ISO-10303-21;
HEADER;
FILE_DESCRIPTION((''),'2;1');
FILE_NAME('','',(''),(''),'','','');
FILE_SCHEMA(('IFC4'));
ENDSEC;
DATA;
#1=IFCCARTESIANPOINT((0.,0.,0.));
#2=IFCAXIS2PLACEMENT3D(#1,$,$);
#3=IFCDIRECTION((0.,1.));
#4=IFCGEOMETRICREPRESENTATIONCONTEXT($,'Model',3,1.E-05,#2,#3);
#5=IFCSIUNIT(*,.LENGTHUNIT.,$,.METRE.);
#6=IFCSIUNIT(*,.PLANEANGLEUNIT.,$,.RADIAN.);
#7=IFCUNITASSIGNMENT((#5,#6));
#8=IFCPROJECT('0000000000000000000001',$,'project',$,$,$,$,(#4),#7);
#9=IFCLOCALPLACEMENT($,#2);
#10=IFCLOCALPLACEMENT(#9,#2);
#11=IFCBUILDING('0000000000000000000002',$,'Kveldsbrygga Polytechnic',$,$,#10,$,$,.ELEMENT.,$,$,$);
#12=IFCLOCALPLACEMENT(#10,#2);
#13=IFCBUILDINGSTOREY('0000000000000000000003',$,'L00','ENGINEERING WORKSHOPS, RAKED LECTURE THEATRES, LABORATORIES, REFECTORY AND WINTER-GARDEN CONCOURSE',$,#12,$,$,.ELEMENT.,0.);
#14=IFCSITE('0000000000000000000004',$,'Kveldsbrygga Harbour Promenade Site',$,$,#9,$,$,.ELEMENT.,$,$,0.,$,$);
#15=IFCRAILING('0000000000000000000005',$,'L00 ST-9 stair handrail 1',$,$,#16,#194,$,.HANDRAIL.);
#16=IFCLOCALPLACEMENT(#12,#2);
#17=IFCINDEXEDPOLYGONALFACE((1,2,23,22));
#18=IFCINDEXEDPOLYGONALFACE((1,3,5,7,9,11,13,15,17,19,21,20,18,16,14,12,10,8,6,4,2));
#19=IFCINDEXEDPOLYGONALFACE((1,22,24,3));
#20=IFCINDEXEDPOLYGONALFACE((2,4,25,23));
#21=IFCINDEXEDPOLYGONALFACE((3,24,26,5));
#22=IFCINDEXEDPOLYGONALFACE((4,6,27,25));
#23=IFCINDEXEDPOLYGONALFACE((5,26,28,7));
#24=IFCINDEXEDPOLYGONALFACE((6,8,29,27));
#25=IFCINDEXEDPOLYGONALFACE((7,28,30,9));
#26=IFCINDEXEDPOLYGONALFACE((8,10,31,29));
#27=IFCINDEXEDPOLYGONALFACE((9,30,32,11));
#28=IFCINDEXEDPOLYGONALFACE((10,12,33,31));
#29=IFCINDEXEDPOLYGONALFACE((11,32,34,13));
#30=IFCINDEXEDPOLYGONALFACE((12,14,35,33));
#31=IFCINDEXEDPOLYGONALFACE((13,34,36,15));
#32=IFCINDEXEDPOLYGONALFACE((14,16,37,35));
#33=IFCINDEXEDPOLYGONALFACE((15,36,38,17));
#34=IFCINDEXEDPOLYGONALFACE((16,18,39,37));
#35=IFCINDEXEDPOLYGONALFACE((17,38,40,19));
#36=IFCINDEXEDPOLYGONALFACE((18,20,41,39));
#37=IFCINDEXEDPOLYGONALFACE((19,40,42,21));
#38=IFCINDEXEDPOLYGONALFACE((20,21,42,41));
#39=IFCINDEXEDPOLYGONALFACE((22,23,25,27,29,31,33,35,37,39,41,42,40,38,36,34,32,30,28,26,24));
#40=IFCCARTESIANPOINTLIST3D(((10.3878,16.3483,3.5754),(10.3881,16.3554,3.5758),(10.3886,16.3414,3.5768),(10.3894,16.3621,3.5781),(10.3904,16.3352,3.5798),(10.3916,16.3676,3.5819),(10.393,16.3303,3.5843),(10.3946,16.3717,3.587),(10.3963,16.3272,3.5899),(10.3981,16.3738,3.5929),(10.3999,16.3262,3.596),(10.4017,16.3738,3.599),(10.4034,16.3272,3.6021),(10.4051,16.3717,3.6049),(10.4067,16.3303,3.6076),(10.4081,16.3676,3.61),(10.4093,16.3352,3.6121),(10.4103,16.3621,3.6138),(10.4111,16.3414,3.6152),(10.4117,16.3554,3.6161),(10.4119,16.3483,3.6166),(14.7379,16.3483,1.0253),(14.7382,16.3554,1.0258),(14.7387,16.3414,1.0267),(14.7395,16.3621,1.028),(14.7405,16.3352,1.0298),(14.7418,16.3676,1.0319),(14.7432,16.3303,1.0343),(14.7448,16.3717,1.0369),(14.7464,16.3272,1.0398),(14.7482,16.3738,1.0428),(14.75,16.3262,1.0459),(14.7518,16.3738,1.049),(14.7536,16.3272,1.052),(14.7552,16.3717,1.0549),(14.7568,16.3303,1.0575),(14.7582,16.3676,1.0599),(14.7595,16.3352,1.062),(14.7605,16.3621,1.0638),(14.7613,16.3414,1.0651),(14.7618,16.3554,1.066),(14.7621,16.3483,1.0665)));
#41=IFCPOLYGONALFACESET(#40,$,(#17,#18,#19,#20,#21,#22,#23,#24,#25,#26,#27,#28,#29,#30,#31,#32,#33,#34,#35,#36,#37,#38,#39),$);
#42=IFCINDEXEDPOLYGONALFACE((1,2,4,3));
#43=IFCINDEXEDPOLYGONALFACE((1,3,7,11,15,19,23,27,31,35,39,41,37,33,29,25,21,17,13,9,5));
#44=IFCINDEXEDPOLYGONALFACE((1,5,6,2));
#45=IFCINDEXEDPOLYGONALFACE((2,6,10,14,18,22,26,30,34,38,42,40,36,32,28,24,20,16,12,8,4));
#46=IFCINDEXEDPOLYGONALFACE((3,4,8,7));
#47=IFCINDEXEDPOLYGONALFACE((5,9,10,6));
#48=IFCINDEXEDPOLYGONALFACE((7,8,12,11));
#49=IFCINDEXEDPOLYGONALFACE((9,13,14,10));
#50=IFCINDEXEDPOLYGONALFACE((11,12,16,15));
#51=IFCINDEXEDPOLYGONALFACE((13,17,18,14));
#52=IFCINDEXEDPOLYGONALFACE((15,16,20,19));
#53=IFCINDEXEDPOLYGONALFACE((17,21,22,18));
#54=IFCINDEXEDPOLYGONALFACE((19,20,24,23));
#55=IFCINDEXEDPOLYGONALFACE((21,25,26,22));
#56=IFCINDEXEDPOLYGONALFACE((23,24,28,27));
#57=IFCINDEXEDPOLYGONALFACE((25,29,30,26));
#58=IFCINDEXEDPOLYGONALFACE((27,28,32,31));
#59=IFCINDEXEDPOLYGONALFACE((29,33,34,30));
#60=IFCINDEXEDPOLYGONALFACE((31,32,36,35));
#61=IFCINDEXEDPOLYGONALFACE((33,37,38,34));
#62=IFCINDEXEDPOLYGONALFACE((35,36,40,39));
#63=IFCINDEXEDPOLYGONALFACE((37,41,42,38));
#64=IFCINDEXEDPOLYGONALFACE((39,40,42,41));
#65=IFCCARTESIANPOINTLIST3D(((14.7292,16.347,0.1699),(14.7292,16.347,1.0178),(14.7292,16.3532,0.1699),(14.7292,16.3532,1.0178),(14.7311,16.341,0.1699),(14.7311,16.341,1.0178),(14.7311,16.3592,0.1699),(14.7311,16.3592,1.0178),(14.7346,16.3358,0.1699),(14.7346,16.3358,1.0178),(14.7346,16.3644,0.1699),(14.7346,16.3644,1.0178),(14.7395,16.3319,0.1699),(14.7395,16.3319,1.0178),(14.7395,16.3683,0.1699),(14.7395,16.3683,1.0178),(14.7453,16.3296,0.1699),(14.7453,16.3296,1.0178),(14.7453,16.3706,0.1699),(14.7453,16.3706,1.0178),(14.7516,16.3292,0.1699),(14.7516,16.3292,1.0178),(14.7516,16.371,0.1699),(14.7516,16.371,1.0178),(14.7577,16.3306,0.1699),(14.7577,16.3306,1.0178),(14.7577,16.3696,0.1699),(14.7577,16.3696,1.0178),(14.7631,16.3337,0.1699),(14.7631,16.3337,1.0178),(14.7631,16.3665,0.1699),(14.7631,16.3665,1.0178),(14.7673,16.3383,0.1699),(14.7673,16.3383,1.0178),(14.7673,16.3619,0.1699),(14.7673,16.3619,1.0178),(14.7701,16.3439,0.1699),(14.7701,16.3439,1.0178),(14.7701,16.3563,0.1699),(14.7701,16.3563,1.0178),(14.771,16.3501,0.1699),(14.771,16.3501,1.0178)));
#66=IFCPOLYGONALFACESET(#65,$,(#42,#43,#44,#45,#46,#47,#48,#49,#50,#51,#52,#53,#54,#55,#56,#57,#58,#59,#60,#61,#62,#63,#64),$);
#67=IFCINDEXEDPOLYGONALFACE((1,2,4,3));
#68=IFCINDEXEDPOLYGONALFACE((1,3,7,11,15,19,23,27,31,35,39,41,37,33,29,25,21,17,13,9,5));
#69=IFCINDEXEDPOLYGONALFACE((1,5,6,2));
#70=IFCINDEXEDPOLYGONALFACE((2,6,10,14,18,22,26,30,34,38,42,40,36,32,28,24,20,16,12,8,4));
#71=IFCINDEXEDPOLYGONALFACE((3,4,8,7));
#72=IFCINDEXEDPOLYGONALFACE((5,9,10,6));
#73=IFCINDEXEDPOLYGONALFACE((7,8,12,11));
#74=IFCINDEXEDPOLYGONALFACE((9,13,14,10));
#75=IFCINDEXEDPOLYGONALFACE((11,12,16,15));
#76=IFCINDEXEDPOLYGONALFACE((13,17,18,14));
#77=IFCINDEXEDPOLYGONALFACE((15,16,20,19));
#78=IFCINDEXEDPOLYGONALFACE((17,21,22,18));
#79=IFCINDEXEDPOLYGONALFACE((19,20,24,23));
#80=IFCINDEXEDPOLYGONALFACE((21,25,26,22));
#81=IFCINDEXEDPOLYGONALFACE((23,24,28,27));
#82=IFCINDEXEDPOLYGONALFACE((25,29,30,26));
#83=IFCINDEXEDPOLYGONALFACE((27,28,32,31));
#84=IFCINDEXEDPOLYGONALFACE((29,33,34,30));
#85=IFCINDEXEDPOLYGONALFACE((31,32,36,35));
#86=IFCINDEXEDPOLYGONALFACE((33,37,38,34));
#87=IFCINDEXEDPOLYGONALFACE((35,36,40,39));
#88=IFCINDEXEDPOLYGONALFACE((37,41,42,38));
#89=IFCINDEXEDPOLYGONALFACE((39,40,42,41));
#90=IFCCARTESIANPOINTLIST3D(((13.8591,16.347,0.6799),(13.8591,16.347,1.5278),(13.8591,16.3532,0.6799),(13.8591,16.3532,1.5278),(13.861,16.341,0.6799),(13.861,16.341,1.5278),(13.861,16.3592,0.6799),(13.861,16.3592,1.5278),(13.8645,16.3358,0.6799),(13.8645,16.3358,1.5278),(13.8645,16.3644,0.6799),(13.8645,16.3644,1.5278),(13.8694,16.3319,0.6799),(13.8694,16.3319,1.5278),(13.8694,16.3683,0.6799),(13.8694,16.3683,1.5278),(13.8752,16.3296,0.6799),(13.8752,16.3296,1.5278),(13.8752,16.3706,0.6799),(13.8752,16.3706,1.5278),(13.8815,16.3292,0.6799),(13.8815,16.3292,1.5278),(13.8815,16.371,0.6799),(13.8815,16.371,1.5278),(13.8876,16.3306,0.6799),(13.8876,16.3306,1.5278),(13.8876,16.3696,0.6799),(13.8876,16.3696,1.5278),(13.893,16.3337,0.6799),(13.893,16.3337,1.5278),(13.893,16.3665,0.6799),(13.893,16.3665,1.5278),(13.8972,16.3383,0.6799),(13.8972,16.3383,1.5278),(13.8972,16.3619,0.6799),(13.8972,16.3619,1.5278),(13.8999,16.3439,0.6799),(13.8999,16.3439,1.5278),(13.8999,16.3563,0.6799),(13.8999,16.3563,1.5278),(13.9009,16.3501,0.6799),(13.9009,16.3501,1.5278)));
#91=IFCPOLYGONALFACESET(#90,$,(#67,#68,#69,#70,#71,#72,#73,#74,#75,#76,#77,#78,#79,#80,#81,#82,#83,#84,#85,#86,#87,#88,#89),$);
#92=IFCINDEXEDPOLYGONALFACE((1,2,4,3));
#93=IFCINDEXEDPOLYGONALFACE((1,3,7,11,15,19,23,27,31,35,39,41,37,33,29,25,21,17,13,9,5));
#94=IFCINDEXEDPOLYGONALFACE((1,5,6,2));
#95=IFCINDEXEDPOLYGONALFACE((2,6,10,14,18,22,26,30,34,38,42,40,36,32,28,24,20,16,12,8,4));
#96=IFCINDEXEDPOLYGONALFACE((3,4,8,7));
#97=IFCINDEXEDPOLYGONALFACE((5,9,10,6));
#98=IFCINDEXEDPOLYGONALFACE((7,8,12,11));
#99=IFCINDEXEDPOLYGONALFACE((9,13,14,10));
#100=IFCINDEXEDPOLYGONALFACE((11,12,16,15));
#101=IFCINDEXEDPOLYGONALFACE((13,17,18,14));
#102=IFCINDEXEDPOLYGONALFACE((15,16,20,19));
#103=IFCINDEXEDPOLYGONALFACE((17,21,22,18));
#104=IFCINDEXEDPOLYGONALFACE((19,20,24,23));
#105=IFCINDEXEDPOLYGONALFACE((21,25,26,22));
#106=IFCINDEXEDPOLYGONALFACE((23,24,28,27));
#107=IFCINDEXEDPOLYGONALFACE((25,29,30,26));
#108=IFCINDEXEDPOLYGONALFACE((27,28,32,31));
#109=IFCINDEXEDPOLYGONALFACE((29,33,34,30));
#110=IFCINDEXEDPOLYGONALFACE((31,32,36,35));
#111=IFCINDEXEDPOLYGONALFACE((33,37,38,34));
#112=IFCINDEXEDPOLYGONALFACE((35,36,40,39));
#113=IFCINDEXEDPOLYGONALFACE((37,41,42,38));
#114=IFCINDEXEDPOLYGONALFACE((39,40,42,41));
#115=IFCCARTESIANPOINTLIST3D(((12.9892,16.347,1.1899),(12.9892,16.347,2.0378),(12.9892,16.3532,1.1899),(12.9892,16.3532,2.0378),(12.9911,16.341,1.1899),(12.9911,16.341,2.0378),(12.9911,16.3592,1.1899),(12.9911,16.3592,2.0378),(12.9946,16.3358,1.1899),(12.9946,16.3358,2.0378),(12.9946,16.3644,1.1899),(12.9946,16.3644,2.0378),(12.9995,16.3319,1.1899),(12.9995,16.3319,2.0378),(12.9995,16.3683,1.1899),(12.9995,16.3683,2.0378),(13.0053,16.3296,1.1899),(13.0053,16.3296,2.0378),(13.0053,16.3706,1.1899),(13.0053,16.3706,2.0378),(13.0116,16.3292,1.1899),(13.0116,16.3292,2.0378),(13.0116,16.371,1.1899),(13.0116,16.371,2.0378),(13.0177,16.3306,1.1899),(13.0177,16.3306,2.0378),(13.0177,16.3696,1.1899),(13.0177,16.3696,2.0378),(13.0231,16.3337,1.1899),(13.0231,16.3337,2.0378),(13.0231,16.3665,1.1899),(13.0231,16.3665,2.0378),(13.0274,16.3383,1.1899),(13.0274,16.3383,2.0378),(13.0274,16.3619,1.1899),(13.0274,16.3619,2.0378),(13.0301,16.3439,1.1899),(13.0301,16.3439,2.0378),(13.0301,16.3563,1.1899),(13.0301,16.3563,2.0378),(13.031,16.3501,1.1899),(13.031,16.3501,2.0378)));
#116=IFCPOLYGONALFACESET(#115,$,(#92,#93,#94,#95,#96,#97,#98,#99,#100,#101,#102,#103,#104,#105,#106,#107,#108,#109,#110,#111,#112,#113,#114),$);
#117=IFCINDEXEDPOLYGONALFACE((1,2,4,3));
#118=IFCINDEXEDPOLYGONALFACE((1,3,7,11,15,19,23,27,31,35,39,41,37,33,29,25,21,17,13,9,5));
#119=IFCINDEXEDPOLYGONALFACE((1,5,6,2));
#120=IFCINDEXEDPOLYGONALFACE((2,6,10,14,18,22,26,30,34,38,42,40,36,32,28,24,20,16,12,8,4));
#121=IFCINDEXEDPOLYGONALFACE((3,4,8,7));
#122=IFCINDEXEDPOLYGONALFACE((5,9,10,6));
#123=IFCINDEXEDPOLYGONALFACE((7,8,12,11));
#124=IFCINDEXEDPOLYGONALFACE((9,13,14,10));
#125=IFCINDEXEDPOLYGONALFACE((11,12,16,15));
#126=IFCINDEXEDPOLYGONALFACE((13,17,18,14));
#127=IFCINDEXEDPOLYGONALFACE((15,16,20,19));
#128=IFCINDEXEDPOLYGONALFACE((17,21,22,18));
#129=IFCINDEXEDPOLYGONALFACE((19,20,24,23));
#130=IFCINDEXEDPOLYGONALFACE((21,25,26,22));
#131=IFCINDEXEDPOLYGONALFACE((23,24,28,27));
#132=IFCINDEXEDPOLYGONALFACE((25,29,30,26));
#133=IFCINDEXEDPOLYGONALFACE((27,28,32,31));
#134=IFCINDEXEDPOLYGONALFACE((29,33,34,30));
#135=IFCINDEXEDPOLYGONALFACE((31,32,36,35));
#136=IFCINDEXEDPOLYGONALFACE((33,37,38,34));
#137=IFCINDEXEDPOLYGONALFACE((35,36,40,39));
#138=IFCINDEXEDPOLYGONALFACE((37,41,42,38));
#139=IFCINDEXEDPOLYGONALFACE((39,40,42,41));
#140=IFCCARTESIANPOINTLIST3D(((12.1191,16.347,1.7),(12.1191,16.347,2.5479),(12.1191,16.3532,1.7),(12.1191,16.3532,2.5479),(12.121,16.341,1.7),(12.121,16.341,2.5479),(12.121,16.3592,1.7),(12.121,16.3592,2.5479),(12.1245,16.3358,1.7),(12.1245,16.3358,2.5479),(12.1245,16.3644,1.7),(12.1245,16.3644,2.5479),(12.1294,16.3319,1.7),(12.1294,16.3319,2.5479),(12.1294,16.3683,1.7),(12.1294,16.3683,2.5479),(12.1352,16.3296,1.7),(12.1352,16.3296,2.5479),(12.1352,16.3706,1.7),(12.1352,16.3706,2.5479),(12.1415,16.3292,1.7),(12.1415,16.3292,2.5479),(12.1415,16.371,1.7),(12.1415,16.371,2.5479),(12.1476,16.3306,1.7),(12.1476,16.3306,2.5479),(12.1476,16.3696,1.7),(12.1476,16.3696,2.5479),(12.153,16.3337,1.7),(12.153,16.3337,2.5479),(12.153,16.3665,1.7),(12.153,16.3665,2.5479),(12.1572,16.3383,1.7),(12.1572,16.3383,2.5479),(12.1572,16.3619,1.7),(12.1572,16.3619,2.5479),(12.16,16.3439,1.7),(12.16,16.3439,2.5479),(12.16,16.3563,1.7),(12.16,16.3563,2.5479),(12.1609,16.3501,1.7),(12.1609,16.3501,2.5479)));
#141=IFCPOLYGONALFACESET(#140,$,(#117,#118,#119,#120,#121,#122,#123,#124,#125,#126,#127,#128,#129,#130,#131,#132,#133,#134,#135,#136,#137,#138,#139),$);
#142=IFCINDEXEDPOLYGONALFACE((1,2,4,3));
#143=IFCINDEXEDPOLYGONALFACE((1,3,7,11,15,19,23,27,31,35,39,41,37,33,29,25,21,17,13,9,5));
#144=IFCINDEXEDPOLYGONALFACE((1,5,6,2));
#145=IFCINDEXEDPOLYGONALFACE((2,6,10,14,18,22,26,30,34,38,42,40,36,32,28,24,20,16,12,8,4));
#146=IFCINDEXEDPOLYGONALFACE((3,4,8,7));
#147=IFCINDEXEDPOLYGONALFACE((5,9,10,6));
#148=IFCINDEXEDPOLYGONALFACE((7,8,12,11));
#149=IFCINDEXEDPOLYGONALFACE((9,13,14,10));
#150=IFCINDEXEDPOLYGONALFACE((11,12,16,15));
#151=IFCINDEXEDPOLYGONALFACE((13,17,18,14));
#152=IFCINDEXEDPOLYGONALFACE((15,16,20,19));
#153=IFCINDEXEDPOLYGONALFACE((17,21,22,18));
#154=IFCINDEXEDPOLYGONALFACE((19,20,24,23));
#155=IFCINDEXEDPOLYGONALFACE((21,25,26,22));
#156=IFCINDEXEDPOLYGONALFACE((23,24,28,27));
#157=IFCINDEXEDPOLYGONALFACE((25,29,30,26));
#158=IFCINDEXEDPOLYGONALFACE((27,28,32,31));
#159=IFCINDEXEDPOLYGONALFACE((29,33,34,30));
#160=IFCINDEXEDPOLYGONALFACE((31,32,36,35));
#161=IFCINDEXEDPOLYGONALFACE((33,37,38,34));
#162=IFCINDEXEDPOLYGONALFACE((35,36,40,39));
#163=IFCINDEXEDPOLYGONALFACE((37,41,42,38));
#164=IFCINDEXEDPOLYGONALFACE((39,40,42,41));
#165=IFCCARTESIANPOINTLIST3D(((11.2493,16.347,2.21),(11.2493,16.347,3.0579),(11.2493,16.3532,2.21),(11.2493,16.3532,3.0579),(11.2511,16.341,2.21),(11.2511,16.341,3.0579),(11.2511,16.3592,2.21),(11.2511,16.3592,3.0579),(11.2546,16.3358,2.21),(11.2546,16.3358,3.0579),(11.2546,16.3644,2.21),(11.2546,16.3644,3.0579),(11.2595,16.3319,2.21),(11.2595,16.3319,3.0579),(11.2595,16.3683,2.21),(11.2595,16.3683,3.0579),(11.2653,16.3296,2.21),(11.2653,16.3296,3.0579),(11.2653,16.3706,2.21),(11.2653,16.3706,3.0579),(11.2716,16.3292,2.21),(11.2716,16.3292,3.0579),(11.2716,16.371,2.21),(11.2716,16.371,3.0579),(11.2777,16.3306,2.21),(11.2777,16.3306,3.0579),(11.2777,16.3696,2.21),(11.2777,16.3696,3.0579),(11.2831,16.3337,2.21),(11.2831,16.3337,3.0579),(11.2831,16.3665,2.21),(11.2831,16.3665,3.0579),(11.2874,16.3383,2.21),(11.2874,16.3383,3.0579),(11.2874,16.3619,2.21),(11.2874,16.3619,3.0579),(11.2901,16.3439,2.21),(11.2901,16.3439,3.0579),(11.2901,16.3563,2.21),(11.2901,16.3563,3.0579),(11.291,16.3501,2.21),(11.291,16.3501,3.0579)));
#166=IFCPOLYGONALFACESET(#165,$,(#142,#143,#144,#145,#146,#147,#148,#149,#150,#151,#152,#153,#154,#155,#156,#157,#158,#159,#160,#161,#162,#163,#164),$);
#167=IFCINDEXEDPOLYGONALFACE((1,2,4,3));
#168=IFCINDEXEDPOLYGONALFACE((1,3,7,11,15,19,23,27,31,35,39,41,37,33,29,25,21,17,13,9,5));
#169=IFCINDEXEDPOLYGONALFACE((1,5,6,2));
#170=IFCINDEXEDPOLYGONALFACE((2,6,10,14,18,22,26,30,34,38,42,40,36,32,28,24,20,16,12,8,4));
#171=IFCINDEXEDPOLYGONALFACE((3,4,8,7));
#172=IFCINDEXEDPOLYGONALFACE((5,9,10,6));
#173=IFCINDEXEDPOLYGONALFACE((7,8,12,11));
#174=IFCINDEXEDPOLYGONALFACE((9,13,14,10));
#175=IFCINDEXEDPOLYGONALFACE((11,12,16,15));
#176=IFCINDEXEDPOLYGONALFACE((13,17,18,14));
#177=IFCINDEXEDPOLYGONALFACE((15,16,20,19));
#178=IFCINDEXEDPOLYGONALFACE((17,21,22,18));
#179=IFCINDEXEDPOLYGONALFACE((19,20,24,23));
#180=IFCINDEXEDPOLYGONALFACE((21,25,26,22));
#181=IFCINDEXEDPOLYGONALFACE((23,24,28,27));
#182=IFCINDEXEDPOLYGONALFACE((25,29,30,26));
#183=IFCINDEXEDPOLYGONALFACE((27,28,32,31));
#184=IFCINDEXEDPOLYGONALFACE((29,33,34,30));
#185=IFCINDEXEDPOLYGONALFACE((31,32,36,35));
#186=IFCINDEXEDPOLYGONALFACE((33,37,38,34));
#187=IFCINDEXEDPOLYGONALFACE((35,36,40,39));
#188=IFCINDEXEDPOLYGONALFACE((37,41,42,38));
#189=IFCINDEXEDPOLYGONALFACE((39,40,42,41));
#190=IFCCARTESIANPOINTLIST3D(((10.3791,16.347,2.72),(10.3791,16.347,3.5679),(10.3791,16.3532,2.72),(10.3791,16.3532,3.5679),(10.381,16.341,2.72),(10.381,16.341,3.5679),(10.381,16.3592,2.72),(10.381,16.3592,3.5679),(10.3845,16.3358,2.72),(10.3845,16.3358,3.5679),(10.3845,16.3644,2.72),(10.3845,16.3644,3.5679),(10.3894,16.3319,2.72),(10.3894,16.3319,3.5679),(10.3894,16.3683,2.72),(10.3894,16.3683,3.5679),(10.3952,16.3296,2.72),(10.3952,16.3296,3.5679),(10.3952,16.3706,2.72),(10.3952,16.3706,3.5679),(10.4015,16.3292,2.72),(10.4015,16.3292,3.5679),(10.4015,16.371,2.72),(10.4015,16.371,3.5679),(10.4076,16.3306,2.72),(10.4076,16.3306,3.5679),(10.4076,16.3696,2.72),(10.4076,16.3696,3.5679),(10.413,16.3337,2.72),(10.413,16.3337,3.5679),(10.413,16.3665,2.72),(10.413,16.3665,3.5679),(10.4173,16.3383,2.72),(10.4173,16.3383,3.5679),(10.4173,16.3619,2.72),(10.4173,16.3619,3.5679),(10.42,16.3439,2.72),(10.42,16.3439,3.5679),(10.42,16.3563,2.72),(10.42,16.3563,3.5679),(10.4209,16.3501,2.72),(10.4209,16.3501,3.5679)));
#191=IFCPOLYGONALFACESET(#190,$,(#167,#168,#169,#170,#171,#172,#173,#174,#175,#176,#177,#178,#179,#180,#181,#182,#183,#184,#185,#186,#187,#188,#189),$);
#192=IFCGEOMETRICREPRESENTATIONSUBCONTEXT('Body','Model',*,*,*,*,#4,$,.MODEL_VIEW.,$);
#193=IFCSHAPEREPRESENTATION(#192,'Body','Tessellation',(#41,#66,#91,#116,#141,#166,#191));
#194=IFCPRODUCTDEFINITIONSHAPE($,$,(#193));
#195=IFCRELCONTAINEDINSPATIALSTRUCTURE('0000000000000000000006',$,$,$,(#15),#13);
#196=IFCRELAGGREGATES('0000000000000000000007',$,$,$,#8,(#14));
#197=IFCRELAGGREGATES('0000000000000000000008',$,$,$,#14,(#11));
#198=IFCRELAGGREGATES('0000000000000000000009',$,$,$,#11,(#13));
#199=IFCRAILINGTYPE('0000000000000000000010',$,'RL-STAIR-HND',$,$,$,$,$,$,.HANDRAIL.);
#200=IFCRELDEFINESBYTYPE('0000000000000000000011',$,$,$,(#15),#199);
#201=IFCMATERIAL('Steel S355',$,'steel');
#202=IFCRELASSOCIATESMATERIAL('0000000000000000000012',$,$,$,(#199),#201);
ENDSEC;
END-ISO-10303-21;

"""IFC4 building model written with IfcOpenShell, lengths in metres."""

from ifc_helpers import new_model, si_unit, direction, frame, origin, origin_2d, place, context, subcontext, project, spatial, circle, extrude, material, type_object, element, save


model = new_model("IFC4")

# Units and contexts
model_context = context("Model", 3, precision=1e-05, world=origin(), true_north=direction((0.0, 1.0)))
body_context = subcontext(model_context, "Body", "Model", "MODEL_VIEW")
ifc_project = project(units=[si_unit("LENGTHUNIT", "METRE"), si_unit("PLANEANGLEUNIT", "RADIAN")], contexts=[model_context])

# Site, building, storey
site_placement = place(None, origin())
site = spatial("IfcSite", under=ifc_project, at=site_placement, Name="Kveldsbrygga Harbour Promenade Site", CompositionType="ELEMENT", RefElevation=0.0)
building_placement = place(site_placement, origin())
building = spatial("IfcBuilding", under=site, at=building_placement, Name="Kveldsbrygga Polytechnic", CompositionType="ELEMENT")
storey_placement = place(building_placement, origin())
storey = spatial("IfcBuildingStorey", under=building, at=storey_placement, Name="L00", Description="ENGINEERING WORKSHOPS, RAKED LECTURE THEATRES, LABORATORIES, REFECTORY AND WINTER-GARDEN CONCOURSE", CompositionType="ELEMENT", Elevation=0.0)

# Railing
ifc_material_1 = material(Name="Steel S355", Category="steel")
railing_type_1 = type_object("IfcRailingType", Name="RL-STAIR-HND", PredefinedType="HANDRAIL", material=ifc_material_1)
railing_1_placement = place(storey_placement, frame((14.75, 16.3501, 0.1699)))
element("IfcRailing", 1, at=railing_1_placement, inside=storey, type_object=railing_type_1, Name="L00 ST-9 stair handrail 1", PredefinedType="HANDRAIL", context=body_context, shape_type="SweptSolid", body=[
    extrude(circle(Radius=0.0239, at=origin_2d()), frame((0.0, 0.0, 0.876), z_axis=(-0.862699, 0.0, 0.505718), x_axis=(0.0, -1.0, 0.0)), (0.0, 0.0, 1.0), 5.0425),
    extrude(circle(Radius=0.021, at=origin_2d()), origin(), (0.0, 0.0, 1.0), 0.8479),
    extrude(circle(Radius=0.021, at=origin_2d()), frame((-0.8701, 0.0, 0.51)), (0.0, 0.0, 1.0), 0.8479),
    extrude(circle(Radius=0.021, at=origin_2d()), frame((-1.74, 0.0, 1.02)), (0.0, 0.0, 1.0), 0.8479),
    extrude(circle(Radius=0.021, at=origin_2d()), frame((-2.6101, 0.0, 1.53)), (0.0, 0.0, 1.0), 0.8479),
    extrude(circle(Radius=0.021, at=origin_2d()), frame((-3.48, 0.0, 2.04)), (0.0, 0.0, 1.0), 0.8479),
    extrude(circle(Radius=0.021, at=origin_2d()), frame((-4.3501, 0.0, 2.55)), (0.0, 0.0, 1.0), 0.8479),
])

save(model, "model.ifc")
